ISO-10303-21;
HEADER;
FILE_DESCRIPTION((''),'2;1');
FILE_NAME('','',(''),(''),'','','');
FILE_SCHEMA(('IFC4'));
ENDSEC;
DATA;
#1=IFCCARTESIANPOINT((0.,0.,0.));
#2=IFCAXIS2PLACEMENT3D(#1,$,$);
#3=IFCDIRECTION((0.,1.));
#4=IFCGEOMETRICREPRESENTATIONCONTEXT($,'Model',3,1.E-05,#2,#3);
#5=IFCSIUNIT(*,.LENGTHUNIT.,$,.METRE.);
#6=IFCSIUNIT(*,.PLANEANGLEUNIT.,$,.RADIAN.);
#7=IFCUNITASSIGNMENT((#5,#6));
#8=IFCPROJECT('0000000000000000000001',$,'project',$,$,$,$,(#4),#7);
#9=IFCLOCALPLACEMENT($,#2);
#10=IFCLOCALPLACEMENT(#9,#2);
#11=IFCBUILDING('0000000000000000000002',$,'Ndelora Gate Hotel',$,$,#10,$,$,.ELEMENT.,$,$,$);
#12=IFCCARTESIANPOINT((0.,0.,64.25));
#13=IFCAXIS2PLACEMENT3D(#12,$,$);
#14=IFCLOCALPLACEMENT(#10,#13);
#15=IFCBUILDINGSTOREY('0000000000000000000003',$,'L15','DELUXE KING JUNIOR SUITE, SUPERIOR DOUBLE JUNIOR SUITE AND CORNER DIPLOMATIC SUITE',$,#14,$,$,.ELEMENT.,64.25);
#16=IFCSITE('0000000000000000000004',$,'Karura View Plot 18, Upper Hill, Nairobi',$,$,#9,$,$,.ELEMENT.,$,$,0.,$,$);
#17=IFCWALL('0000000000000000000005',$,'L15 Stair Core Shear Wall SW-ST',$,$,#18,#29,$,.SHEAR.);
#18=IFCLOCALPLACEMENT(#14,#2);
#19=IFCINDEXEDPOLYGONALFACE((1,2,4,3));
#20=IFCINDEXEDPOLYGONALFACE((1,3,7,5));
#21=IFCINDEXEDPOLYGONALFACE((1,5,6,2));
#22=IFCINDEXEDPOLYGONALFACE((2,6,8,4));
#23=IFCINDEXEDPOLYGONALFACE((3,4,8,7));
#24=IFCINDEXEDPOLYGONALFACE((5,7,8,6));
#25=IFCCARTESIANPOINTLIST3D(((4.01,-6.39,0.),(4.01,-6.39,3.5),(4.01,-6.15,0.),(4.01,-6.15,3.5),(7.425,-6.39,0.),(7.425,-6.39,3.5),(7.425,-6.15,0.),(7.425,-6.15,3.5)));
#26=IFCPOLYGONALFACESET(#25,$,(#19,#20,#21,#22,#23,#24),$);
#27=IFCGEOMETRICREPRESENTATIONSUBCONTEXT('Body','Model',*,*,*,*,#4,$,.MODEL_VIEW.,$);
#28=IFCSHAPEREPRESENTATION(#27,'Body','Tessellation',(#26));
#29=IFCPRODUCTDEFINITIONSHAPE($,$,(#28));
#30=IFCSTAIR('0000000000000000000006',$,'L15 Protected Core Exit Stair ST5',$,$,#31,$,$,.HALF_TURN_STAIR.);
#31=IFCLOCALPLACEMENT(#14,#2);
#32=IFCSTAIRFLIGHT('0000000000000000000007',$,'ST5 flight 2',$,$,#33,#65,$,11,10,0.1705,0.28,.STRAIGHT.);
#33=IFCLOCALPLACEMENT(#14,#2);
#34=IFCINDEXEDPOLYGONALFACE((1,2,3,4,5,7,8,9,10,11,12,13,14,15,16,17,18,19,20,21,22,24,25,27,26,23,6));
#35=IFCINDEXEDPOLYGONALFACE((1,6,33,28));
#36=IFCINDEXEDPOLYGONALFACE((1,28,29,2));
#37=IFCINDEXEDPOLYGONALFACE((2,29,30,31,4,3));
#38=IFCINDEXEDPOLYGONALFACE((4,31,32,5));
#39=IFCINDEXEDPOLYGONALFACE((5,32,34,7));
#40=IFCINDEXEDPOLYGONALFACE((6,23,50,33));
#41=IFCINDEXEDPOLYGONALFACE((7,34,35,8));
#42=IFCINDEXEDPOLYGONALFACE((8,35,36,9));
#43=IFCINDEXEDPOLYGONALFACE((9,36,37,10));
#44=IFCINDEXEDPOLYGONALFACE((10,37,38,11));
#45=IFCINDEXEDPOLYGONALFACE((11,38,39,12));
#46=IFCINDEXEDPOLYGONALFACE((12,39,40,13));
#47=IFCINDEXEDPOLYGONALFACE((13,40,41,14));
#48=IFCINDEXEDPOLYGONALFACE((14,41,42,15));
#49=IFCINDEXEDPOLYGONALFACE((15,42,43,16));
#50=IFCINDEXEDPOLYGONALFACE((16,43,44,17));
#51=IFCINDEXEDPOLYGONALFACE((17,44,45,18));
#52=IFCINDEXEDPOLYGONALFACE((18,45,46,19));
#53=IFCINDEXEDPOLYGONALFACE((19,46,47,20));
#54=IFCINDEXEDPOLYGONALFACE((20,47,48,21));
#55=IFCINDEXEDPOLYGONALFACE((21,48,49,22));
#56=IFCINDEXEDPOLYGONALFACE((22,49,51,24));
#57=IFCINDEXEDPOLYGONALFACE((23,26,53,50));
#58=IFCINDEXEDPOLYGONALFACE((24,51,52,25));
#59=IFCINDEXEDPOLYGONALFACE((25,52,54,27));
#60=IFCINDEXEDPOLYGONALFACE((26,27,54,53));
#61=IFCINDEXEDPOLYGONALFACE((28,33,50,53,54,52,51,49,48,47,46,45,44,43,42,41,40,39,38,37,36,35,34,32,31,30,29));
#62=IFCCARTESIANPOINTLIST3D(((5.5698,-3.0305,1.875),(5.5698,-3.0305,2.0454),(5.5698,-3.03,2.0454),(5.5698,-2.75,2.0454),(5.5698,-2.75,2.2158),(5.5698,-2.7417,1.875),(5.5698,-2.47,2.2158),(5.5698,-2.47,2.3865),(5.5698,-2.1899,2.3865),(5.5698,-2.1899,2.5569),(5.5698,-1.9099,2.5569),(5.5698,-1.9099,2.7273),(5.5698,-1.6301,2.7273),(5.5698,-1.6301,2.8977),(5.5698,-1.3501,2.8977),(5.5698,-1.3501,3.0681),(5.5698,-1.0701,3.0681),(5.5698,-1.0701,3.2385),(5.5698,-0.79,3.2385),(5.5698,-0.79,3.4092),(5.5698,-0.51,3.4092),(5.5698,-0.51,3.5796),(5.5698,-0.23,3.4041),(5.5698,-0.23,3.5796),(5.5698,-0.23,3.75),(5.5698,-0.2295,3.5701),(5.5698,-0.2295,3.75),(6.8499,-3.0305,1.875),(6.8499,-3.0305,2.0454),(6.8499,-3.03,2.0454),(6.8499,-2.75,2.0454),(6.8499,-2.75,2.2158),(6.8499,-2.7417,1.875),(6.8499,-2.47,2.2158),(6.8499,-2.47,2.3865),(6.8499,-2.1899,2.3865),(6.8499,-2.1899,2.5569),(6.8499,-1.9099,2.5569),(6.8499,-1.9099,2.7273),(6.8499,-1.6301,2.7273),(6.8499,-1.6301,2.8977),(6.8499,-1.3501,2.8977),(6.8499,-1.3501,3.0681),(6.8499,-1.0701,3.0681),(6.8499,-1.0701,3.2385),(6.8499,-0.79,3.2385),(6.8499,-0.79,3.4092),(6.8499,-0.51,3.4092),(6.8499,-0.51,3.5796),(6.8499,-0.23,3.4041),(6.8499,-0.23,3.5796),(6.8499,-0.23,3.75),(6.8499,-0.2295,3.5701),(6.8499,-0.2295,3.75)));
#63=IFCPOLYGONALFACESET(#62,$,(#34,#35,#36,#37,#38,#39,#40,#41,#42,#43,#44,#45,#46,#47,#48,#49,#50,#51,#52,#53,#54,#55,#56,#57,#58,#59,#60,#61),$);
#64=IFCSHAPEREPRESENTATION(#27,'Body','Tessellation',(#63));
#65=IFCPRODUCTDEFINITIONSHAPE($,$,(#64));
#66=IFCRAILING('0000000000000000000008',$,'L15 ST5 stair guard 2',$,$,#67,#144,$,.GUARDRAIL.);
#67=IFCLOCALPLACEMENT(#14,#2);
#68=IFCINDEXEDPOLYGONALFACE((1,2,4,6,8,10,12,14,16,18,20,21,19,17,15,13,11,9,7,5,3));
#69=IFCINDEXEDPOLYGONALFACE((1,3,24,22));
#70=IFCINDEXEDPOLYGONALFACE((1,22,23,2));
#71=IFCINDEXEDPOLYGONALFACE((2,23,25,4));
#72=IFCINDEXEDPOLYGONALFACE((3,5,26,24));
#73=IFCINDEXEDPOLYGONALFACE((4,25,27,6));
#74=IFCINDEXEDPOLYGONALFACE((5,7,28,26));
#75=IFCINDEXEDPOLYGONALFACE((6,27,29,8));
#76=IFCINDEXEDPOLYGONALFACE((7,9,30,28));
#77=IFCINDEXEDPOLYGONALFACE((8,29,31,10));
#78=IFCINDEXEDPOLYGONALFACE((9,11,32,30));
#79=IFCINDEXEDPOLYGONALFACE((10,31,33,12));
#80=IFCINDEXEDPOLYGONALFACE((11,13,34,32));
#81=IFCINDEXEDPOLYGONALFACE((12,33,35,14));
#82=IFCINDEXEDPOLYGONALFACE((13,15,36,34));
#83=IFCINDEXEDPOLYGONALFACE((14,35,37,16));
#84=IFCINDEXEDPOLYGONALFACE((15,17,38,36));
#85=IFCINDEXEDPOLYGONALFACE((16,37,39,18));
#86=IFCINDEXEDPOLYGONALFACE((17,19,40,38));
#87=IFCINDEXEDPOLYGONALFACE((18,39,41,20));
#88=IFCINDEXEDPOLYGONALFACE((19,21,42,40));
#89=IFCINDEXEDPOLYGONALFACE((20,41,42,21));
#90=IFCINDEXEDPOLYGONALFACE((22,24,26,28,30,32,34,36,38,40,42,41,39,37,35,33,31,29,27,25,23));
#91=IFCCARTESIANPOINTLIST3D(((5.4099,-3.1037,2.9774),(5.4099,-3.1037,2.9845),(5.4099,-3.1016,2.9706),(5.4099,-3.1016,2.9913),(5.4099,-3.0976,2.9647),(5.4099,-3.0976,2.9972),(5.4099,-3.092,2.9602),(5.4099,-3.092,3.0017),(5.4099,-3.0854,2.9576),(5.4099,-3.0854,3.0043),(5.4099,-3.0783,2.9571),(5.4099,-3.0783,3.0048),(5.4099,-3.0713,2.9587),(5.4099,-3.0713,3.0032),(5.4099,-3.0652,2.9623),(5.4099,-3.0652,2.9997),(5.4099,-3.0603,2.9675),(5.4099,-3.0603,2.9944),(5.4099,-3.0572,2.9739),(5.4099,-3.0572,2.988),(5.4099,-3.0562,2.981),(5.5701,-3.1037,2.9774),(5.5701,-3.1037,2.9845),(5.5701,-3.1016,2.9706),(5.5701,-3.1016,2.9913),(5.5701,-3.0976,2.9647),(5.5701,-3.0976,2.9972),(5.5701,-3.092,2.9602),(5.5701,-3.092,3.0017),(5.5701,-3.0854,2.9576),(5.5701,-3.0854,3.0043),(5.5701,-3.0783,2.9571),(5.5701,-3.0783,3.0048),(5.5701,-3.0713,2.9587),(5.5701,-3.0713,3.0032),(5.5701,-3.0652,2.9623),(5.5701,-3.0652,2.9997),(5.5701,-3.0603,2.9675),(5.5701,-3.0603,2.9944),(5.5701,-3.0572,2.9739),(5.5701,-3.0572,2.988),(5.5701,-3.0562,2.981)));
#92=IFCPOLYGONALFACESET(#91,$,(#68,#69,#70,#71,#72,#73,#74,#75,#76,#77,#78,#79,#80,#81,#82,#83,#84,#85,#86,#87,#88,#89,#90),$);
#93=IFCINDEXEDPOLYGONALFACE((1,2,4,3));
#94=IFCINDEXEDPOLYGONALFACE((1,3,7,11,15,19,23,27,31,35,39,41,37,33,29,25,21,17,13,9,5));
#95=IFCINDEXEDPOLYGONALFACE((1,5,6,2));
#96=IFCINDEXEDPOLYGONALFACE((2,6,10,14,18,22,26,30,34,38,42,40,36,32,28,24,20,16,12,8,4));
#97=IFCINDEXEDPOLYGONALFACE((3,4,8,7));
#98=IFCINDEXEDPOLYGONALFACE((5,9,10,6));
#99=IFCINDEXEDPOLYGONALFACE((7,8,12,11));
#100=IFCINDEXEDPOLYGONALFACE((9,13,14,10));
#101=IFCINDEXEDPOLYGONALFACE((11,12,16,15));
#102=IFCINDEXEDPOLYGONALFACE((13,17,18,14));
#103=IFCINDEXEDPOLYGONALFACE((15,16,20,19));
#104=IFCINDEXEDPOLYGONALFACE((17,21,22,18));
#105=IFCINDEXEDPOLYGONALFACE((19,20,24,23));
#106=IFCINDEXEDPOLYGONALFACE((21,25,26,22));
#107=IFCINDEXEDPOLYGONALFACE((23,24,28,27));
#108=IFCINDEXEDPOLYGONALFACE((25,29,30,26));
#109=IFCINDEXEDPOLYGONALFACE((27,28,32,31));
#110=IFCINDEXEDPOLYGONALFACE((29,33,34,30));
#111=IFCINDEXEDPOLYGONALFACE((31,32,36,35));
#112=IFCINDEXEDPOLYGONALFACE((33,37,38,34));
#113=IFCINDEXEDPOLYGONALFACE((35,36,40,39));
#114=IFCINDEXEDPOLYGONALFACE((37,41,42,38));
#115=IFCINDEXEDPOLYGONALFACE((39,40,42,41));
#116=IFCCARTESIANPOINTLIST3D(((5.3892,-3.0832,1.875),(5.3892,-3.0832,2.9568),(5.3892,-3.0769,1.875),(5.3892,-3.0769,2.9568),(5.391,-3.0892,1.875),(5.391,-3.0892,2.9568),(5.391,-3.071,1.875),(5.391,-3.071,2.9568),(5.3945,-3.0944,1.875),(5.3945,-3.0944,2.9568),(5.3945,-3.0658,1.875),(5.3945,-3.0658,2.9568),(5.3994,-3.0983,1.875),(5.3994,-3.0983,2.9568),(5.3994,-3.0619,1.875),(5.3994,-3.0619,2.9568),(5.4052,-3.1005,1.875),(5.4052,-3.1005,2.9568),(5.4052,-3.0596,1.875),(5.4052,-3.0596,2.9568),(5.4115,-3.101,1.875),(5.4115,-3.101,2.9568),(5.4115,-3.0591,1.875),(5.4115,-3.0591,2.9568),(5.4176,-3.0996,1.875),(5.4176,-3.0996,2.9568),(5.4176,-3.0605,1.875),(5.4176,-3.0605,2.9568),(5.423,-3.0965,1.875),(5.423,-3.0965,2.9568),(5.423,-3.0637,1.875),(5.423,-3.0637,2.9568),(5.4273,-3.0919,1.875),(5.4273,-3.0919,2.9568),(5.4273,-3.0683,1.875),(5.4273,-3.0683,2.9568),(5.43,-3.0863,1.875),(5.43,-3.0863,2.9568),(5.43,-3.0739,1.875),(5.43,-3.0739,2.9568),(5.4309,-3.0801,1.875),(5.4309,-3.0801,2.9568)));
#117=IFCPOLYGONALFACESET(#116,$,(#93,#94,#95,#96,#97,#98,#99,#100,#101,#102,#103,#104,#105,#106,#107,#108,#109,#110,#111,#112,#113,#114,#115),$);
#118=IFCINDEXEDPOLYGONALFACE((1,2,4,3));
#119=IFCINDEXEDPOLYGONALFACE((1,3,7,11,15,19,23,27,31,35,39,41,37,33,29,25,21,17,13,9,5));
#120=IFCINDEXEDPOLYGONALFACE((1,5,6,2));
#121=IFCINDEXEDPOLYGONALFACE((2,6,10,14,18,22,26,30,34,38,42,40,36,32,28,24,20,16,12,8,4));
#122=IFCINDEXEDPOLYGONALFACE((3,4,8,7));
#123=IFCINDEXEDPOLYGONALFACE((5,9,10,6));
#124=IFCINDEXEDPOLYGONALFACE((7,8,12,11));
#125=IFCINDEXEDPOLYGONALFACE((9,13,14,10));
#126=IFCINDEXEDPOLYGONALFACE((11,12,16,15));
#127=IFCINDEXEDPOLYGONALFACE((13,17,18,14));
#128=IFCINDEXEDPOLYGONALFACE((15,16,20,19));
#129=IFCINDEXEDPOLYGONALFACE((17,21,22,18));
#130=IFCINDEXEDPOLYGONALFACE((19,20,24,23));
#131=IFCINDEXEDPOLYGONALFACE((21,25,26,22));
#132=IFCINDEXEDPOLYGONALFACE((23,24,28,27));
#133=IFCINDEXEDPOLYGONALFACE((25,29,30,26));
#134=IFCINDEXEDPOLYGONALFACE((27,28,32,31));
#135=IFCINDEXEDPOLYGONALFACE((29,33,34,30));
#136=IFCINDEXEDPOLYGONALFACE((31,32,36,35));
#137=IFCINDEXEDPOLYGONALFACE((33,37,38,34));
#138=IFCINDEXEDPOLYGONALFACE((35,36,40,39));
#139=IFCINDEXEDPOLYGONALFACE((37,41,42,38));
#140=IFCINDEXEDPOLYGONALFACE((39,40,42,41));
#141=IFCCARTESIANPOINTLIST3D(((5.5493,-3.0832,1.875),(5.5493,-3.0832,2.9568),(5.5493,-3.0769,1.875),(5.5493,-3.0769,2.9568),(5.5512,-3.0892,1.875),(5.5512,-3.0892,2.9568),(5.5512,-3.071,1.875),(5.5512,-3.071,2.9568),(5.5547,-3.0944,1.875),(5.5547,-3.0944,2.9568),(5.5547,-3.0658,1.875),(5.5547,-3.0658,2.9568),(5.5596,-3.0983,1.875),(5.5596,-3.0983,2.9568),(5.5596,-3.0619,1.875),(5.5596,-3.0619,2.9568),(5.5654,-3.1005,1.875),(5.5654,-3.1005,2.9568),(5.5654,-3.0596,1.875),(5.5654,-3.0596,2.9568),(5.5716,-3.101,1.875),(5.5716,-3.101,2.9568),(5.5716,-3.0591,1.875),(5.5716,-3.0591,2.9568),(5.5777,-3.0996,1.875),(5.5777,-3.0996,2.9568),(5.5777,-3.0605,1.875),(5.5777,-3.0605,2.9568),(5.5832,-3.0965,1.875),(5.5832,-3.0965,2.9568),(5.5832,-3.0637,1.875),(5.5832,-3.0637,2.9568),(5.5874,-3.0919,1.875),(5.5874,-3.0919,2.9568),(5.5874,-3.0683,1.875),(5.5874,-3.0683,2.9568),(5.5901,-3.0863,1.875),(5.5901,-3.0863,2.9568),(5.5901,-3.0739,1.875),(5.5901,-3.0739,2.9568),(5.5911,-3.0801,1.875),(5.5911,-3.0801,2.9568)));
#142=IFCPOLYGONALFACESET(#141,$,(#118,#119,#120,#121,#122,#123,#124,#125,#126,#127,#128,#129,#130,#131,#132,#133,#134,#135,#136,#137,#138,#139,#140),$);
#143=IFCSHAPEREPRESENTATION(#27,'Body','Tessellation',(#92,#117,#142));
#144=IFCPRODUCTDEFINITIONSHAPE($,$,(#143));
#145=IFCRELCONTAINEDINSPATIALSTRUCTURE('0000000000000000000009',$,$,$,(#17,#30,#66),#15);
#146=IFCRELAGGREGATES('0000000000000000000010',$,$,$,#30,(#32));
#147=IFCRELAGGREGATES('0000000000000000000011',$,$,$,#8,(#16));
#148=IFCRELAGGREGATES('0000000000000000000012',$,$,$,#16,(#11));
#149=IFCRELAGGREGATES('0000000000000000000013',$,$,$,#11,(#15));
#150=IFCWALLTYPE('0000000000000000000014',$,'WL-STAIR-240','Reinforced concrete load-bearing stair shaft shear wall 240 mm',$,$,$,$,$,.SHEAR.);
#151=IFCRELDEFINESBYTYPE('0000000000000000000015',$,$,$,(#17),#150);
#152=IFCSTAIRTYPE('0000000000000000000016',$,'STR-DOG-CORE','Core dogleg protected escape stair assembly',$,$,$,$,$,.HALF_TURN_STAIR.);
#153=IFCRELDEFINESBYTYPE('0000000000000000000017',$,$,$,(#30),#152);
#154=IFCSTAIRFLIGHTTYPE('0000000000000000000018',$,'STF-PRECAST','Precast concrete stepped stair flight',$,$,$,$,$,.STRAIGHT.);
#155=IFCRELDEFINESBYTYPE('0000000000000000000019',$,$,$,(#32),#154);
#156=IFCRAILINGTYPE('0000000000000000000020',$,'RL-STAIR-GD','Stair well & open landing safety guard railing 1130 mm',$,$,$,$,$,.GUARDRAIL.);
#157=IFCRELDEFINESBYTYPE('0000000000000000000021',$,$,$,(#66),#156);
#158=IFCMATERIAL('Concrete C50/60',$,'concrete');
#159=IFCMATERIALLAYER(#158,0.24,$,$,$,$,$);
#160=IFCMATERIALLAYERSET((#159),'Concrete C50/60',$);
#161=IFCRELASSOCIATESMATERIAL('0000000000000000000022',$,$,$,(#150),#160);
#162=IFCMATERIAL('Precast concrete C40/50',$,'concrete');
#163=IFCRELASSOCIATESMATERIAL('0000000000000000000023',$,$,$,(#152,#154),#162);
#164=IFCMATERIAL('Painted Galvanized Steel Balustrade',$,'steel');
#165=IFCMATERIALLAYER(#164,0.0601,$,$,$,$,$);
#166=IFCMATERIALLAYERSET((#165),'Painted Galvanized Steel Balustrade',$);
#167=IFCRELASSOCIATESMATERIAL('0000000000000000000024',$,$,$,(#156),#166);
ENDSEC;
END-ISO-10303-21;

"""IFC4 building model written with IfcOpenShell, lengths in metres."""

from ifc_helpers import new_model, si_unit, direction, frame, frame_2d, origin, origin_2d, place, context, subcontext, project, spatial, polyline, rectangle, circle, outline, extrude, material, layer, layer_set, type_object, element, aggregate, save


model = new_model("IFC4")

# Units and contexts
model_context = context("Model", 3, precision=1e-05, world=origin(), true_north=direction((0.0, 1.0)))
body_context = subcontext(model_context, "Body", "Model", "MODEL_VIEW")
ifc_project = project(units=[si_unit("LENGTHUNIT", "METRE"), si_unit("PLANEANGLEUNIT", "RADIAN")], contexts=[model_context])

# Site, building, storey
site_placement = place(None, origin())
site = spatial("IfcSite", under=ifc_project, at=site_placement, Name="Karura View Plot 18, Upper Hill, Nairobi", CompositionType="ELEMENT", RefElevation=0.0)
building_placement = place(site_placement, origin())
building = spatial("IfcBuilding", under=site, at=building_placement, Name="Ndelora Gate Hotel", CompositionType="ELEMENT")
storey_placement = place(building_placement, frame((0.0, 0.0, 64.25)))
storey = spatial("IfcBuildingStorey", under=building, at=storey_placement, Name="L15", Description="DELUXE KING JUNIOR SUITE, SUPERIOR DOUBLE JUNIOR SUITE AND CORNER DIPLOMATIC SUITE", CompositionType="ELEMENT", Elevation=64.25)

# Wall
ifc_material_1 = material(Name="Concrete C50/60", Category="concrete")
ifc_layer_1 = layer(ifc_material_1, 0.24)
ifc_layer_set_1 = layer_set([ifc_layer_1], Name="Concrete C50/60")
wall_type_1 = type_object("IfcWallType", Name="WL-STAIR-240", Description="Reinforced concrete load-bearing stair shaft shear wall 240 mm", PredefinedType="SHEAR", material=ifc_layer_set_1)
wall_1_placement = place(storey_placement, frame((4.01, -6.27, 0.0), z_axis=(0.0, 0.0, 1.0), x_axis=(1.0, 0.0, 0.0)))
element("IfcWall", 1, at=wall_1_placement, inside=storey, type_object=wall_type_1, Name="L15 Stair Core Shear Wall SW-ST", PredefinedType="SHEAR", context=body_context, shape_type="SweptSolid", body=[
    extrude(rectangle(XDim=3.415, YDim=0.24, at=frame_2d((1.7075, 0.0))), origin(), (0.0, 0.0, 1.0), 3.5),
])

# Stair, stair flight
ifc_material_2 = material(Name="Precast concrete C40/50", Category="concrete")
stair_type = type_object("IfcStairType", Name="STR-DOG-CORE", Description="Core dogleg protected escape stair assembly", PredefinedType="HALF_TURN_STAIR", material=ifc_material_2)
stair_placement = place(storey_placement, origin())
stair = element("IfcStair", 2, at=stair_placement, inside=storey, type_object=stair_type, Name="L15 Protected Core Exit Stair ST5", PredefinedType="HALF_TURN_STAIR")
stair_flight_type = type_object("IfcStairFlightType", Name="STF-PRECAST", Description="Precast concrete stepped stair flight", PredefinedType="STRAIGHT", material=ifc_material_2)
stair_flight_placement = place(storey_placement, frame((6.21, -3.03, 1.875), z_axis=(0.0, 0.0, 1.0), x_axis=(0.0, 1.0, 0.0)))
stair_flight = element("IfcStairFlight", 3, at=stair_flight_placement, type_object=stair_flight_type, Name="ST5 flight 2", NumberOfRisers=11, NumberOfTreads=10, PredefinedType="STRAIGHT", RiserHeight=0.1705, TreadLength=0.28, context=body_context, shape_type="SweptSolid", body=[
    extrude(outline(polyline([(-0.0005, 0.0), (-0.0005, 0.1704), (0.0, 0.1704), (0.28, 0.1704), (0.28, 0.3408), (0.5601, 0.3408), (0.5601, 0.5115), (0.8401, 0.5115), (0.8401, 0.6819), (1.1201, 0.6819), (1.1201, 0.8523), (1.3999, 0.8523), (1.3999, 1.0227), (1.6799, 1.0227), (1.6799, 1.1931), (1.96, 1.1931), (1.96, 1.3635), (2.24, 1.3635), (2.24, 1.5342), (2.52, 1.5342), (2.52, 1.7046), (2.8, 1.7046), (2.8, 1.875), (2.8005, 1.875), (2.8005, 1.6951), (2.8, 1.5291), (0.2883, 0.0), (-0.0005, 0.0)])), frame((0.0, 0.6401, 0.0), z_axis=(0.0, -1.0, 0.0), x_axis=(1.0, 0.0, 0.0)), (0.0, 0.0, 1.0), 1.28),
])
aggregate(stair, [stair_flight])

# Railing
ifc_material_3 = material(Name="Painted Galvanized Steel Balustrade", Category="steel")
ifc_layer_2 = layer(ifc_material_3, 0.0601)
ifc_layer_set_2 = layer_set([ifc_layer_2], Name="Painted Galvanized Steel Balustrade")
railing_type = type_object("IfcRailingType", Name="RL-STAIR-GD", Description="Stair well & open landing safety guard railing 1130 mm", PredefinedType="GUARDRAIL", material=ifc_layer_set_2)
railing_1_placement = place(storey_placement, frame((5.4099, -3.0801, 1.875)))
element("IfcRailing", 4, at=railing_1_placement, inside=storey, type_object=railing_type, Name="L15 ST5 stair guard 2", PredefinedType="GUARDRAIL", context=body_context, shape_type="SweptSolid", body=[
    extrude(circle(Radius=0.0239, at=origin_2d()), frame((0.0, 0.0, 1.106), z_axis=(1.0, 0.0, 0.0), x_axis=(0.0, 1.0, 0.0)), (0.0, 0.0, 1.0), 0.1602),
    extrude(circle(Radius=0.021, at=origin_2d()), origin(), (0.0, 0.0, 1.0), 1.0818),
    extrude(circle(Radius=0.021, at=origin_2d()), frame((0.1602, 0.0, 0.0)), (0.0, 0.0, 1.0), 1.0818),
])

save(model, "model.ifc")
